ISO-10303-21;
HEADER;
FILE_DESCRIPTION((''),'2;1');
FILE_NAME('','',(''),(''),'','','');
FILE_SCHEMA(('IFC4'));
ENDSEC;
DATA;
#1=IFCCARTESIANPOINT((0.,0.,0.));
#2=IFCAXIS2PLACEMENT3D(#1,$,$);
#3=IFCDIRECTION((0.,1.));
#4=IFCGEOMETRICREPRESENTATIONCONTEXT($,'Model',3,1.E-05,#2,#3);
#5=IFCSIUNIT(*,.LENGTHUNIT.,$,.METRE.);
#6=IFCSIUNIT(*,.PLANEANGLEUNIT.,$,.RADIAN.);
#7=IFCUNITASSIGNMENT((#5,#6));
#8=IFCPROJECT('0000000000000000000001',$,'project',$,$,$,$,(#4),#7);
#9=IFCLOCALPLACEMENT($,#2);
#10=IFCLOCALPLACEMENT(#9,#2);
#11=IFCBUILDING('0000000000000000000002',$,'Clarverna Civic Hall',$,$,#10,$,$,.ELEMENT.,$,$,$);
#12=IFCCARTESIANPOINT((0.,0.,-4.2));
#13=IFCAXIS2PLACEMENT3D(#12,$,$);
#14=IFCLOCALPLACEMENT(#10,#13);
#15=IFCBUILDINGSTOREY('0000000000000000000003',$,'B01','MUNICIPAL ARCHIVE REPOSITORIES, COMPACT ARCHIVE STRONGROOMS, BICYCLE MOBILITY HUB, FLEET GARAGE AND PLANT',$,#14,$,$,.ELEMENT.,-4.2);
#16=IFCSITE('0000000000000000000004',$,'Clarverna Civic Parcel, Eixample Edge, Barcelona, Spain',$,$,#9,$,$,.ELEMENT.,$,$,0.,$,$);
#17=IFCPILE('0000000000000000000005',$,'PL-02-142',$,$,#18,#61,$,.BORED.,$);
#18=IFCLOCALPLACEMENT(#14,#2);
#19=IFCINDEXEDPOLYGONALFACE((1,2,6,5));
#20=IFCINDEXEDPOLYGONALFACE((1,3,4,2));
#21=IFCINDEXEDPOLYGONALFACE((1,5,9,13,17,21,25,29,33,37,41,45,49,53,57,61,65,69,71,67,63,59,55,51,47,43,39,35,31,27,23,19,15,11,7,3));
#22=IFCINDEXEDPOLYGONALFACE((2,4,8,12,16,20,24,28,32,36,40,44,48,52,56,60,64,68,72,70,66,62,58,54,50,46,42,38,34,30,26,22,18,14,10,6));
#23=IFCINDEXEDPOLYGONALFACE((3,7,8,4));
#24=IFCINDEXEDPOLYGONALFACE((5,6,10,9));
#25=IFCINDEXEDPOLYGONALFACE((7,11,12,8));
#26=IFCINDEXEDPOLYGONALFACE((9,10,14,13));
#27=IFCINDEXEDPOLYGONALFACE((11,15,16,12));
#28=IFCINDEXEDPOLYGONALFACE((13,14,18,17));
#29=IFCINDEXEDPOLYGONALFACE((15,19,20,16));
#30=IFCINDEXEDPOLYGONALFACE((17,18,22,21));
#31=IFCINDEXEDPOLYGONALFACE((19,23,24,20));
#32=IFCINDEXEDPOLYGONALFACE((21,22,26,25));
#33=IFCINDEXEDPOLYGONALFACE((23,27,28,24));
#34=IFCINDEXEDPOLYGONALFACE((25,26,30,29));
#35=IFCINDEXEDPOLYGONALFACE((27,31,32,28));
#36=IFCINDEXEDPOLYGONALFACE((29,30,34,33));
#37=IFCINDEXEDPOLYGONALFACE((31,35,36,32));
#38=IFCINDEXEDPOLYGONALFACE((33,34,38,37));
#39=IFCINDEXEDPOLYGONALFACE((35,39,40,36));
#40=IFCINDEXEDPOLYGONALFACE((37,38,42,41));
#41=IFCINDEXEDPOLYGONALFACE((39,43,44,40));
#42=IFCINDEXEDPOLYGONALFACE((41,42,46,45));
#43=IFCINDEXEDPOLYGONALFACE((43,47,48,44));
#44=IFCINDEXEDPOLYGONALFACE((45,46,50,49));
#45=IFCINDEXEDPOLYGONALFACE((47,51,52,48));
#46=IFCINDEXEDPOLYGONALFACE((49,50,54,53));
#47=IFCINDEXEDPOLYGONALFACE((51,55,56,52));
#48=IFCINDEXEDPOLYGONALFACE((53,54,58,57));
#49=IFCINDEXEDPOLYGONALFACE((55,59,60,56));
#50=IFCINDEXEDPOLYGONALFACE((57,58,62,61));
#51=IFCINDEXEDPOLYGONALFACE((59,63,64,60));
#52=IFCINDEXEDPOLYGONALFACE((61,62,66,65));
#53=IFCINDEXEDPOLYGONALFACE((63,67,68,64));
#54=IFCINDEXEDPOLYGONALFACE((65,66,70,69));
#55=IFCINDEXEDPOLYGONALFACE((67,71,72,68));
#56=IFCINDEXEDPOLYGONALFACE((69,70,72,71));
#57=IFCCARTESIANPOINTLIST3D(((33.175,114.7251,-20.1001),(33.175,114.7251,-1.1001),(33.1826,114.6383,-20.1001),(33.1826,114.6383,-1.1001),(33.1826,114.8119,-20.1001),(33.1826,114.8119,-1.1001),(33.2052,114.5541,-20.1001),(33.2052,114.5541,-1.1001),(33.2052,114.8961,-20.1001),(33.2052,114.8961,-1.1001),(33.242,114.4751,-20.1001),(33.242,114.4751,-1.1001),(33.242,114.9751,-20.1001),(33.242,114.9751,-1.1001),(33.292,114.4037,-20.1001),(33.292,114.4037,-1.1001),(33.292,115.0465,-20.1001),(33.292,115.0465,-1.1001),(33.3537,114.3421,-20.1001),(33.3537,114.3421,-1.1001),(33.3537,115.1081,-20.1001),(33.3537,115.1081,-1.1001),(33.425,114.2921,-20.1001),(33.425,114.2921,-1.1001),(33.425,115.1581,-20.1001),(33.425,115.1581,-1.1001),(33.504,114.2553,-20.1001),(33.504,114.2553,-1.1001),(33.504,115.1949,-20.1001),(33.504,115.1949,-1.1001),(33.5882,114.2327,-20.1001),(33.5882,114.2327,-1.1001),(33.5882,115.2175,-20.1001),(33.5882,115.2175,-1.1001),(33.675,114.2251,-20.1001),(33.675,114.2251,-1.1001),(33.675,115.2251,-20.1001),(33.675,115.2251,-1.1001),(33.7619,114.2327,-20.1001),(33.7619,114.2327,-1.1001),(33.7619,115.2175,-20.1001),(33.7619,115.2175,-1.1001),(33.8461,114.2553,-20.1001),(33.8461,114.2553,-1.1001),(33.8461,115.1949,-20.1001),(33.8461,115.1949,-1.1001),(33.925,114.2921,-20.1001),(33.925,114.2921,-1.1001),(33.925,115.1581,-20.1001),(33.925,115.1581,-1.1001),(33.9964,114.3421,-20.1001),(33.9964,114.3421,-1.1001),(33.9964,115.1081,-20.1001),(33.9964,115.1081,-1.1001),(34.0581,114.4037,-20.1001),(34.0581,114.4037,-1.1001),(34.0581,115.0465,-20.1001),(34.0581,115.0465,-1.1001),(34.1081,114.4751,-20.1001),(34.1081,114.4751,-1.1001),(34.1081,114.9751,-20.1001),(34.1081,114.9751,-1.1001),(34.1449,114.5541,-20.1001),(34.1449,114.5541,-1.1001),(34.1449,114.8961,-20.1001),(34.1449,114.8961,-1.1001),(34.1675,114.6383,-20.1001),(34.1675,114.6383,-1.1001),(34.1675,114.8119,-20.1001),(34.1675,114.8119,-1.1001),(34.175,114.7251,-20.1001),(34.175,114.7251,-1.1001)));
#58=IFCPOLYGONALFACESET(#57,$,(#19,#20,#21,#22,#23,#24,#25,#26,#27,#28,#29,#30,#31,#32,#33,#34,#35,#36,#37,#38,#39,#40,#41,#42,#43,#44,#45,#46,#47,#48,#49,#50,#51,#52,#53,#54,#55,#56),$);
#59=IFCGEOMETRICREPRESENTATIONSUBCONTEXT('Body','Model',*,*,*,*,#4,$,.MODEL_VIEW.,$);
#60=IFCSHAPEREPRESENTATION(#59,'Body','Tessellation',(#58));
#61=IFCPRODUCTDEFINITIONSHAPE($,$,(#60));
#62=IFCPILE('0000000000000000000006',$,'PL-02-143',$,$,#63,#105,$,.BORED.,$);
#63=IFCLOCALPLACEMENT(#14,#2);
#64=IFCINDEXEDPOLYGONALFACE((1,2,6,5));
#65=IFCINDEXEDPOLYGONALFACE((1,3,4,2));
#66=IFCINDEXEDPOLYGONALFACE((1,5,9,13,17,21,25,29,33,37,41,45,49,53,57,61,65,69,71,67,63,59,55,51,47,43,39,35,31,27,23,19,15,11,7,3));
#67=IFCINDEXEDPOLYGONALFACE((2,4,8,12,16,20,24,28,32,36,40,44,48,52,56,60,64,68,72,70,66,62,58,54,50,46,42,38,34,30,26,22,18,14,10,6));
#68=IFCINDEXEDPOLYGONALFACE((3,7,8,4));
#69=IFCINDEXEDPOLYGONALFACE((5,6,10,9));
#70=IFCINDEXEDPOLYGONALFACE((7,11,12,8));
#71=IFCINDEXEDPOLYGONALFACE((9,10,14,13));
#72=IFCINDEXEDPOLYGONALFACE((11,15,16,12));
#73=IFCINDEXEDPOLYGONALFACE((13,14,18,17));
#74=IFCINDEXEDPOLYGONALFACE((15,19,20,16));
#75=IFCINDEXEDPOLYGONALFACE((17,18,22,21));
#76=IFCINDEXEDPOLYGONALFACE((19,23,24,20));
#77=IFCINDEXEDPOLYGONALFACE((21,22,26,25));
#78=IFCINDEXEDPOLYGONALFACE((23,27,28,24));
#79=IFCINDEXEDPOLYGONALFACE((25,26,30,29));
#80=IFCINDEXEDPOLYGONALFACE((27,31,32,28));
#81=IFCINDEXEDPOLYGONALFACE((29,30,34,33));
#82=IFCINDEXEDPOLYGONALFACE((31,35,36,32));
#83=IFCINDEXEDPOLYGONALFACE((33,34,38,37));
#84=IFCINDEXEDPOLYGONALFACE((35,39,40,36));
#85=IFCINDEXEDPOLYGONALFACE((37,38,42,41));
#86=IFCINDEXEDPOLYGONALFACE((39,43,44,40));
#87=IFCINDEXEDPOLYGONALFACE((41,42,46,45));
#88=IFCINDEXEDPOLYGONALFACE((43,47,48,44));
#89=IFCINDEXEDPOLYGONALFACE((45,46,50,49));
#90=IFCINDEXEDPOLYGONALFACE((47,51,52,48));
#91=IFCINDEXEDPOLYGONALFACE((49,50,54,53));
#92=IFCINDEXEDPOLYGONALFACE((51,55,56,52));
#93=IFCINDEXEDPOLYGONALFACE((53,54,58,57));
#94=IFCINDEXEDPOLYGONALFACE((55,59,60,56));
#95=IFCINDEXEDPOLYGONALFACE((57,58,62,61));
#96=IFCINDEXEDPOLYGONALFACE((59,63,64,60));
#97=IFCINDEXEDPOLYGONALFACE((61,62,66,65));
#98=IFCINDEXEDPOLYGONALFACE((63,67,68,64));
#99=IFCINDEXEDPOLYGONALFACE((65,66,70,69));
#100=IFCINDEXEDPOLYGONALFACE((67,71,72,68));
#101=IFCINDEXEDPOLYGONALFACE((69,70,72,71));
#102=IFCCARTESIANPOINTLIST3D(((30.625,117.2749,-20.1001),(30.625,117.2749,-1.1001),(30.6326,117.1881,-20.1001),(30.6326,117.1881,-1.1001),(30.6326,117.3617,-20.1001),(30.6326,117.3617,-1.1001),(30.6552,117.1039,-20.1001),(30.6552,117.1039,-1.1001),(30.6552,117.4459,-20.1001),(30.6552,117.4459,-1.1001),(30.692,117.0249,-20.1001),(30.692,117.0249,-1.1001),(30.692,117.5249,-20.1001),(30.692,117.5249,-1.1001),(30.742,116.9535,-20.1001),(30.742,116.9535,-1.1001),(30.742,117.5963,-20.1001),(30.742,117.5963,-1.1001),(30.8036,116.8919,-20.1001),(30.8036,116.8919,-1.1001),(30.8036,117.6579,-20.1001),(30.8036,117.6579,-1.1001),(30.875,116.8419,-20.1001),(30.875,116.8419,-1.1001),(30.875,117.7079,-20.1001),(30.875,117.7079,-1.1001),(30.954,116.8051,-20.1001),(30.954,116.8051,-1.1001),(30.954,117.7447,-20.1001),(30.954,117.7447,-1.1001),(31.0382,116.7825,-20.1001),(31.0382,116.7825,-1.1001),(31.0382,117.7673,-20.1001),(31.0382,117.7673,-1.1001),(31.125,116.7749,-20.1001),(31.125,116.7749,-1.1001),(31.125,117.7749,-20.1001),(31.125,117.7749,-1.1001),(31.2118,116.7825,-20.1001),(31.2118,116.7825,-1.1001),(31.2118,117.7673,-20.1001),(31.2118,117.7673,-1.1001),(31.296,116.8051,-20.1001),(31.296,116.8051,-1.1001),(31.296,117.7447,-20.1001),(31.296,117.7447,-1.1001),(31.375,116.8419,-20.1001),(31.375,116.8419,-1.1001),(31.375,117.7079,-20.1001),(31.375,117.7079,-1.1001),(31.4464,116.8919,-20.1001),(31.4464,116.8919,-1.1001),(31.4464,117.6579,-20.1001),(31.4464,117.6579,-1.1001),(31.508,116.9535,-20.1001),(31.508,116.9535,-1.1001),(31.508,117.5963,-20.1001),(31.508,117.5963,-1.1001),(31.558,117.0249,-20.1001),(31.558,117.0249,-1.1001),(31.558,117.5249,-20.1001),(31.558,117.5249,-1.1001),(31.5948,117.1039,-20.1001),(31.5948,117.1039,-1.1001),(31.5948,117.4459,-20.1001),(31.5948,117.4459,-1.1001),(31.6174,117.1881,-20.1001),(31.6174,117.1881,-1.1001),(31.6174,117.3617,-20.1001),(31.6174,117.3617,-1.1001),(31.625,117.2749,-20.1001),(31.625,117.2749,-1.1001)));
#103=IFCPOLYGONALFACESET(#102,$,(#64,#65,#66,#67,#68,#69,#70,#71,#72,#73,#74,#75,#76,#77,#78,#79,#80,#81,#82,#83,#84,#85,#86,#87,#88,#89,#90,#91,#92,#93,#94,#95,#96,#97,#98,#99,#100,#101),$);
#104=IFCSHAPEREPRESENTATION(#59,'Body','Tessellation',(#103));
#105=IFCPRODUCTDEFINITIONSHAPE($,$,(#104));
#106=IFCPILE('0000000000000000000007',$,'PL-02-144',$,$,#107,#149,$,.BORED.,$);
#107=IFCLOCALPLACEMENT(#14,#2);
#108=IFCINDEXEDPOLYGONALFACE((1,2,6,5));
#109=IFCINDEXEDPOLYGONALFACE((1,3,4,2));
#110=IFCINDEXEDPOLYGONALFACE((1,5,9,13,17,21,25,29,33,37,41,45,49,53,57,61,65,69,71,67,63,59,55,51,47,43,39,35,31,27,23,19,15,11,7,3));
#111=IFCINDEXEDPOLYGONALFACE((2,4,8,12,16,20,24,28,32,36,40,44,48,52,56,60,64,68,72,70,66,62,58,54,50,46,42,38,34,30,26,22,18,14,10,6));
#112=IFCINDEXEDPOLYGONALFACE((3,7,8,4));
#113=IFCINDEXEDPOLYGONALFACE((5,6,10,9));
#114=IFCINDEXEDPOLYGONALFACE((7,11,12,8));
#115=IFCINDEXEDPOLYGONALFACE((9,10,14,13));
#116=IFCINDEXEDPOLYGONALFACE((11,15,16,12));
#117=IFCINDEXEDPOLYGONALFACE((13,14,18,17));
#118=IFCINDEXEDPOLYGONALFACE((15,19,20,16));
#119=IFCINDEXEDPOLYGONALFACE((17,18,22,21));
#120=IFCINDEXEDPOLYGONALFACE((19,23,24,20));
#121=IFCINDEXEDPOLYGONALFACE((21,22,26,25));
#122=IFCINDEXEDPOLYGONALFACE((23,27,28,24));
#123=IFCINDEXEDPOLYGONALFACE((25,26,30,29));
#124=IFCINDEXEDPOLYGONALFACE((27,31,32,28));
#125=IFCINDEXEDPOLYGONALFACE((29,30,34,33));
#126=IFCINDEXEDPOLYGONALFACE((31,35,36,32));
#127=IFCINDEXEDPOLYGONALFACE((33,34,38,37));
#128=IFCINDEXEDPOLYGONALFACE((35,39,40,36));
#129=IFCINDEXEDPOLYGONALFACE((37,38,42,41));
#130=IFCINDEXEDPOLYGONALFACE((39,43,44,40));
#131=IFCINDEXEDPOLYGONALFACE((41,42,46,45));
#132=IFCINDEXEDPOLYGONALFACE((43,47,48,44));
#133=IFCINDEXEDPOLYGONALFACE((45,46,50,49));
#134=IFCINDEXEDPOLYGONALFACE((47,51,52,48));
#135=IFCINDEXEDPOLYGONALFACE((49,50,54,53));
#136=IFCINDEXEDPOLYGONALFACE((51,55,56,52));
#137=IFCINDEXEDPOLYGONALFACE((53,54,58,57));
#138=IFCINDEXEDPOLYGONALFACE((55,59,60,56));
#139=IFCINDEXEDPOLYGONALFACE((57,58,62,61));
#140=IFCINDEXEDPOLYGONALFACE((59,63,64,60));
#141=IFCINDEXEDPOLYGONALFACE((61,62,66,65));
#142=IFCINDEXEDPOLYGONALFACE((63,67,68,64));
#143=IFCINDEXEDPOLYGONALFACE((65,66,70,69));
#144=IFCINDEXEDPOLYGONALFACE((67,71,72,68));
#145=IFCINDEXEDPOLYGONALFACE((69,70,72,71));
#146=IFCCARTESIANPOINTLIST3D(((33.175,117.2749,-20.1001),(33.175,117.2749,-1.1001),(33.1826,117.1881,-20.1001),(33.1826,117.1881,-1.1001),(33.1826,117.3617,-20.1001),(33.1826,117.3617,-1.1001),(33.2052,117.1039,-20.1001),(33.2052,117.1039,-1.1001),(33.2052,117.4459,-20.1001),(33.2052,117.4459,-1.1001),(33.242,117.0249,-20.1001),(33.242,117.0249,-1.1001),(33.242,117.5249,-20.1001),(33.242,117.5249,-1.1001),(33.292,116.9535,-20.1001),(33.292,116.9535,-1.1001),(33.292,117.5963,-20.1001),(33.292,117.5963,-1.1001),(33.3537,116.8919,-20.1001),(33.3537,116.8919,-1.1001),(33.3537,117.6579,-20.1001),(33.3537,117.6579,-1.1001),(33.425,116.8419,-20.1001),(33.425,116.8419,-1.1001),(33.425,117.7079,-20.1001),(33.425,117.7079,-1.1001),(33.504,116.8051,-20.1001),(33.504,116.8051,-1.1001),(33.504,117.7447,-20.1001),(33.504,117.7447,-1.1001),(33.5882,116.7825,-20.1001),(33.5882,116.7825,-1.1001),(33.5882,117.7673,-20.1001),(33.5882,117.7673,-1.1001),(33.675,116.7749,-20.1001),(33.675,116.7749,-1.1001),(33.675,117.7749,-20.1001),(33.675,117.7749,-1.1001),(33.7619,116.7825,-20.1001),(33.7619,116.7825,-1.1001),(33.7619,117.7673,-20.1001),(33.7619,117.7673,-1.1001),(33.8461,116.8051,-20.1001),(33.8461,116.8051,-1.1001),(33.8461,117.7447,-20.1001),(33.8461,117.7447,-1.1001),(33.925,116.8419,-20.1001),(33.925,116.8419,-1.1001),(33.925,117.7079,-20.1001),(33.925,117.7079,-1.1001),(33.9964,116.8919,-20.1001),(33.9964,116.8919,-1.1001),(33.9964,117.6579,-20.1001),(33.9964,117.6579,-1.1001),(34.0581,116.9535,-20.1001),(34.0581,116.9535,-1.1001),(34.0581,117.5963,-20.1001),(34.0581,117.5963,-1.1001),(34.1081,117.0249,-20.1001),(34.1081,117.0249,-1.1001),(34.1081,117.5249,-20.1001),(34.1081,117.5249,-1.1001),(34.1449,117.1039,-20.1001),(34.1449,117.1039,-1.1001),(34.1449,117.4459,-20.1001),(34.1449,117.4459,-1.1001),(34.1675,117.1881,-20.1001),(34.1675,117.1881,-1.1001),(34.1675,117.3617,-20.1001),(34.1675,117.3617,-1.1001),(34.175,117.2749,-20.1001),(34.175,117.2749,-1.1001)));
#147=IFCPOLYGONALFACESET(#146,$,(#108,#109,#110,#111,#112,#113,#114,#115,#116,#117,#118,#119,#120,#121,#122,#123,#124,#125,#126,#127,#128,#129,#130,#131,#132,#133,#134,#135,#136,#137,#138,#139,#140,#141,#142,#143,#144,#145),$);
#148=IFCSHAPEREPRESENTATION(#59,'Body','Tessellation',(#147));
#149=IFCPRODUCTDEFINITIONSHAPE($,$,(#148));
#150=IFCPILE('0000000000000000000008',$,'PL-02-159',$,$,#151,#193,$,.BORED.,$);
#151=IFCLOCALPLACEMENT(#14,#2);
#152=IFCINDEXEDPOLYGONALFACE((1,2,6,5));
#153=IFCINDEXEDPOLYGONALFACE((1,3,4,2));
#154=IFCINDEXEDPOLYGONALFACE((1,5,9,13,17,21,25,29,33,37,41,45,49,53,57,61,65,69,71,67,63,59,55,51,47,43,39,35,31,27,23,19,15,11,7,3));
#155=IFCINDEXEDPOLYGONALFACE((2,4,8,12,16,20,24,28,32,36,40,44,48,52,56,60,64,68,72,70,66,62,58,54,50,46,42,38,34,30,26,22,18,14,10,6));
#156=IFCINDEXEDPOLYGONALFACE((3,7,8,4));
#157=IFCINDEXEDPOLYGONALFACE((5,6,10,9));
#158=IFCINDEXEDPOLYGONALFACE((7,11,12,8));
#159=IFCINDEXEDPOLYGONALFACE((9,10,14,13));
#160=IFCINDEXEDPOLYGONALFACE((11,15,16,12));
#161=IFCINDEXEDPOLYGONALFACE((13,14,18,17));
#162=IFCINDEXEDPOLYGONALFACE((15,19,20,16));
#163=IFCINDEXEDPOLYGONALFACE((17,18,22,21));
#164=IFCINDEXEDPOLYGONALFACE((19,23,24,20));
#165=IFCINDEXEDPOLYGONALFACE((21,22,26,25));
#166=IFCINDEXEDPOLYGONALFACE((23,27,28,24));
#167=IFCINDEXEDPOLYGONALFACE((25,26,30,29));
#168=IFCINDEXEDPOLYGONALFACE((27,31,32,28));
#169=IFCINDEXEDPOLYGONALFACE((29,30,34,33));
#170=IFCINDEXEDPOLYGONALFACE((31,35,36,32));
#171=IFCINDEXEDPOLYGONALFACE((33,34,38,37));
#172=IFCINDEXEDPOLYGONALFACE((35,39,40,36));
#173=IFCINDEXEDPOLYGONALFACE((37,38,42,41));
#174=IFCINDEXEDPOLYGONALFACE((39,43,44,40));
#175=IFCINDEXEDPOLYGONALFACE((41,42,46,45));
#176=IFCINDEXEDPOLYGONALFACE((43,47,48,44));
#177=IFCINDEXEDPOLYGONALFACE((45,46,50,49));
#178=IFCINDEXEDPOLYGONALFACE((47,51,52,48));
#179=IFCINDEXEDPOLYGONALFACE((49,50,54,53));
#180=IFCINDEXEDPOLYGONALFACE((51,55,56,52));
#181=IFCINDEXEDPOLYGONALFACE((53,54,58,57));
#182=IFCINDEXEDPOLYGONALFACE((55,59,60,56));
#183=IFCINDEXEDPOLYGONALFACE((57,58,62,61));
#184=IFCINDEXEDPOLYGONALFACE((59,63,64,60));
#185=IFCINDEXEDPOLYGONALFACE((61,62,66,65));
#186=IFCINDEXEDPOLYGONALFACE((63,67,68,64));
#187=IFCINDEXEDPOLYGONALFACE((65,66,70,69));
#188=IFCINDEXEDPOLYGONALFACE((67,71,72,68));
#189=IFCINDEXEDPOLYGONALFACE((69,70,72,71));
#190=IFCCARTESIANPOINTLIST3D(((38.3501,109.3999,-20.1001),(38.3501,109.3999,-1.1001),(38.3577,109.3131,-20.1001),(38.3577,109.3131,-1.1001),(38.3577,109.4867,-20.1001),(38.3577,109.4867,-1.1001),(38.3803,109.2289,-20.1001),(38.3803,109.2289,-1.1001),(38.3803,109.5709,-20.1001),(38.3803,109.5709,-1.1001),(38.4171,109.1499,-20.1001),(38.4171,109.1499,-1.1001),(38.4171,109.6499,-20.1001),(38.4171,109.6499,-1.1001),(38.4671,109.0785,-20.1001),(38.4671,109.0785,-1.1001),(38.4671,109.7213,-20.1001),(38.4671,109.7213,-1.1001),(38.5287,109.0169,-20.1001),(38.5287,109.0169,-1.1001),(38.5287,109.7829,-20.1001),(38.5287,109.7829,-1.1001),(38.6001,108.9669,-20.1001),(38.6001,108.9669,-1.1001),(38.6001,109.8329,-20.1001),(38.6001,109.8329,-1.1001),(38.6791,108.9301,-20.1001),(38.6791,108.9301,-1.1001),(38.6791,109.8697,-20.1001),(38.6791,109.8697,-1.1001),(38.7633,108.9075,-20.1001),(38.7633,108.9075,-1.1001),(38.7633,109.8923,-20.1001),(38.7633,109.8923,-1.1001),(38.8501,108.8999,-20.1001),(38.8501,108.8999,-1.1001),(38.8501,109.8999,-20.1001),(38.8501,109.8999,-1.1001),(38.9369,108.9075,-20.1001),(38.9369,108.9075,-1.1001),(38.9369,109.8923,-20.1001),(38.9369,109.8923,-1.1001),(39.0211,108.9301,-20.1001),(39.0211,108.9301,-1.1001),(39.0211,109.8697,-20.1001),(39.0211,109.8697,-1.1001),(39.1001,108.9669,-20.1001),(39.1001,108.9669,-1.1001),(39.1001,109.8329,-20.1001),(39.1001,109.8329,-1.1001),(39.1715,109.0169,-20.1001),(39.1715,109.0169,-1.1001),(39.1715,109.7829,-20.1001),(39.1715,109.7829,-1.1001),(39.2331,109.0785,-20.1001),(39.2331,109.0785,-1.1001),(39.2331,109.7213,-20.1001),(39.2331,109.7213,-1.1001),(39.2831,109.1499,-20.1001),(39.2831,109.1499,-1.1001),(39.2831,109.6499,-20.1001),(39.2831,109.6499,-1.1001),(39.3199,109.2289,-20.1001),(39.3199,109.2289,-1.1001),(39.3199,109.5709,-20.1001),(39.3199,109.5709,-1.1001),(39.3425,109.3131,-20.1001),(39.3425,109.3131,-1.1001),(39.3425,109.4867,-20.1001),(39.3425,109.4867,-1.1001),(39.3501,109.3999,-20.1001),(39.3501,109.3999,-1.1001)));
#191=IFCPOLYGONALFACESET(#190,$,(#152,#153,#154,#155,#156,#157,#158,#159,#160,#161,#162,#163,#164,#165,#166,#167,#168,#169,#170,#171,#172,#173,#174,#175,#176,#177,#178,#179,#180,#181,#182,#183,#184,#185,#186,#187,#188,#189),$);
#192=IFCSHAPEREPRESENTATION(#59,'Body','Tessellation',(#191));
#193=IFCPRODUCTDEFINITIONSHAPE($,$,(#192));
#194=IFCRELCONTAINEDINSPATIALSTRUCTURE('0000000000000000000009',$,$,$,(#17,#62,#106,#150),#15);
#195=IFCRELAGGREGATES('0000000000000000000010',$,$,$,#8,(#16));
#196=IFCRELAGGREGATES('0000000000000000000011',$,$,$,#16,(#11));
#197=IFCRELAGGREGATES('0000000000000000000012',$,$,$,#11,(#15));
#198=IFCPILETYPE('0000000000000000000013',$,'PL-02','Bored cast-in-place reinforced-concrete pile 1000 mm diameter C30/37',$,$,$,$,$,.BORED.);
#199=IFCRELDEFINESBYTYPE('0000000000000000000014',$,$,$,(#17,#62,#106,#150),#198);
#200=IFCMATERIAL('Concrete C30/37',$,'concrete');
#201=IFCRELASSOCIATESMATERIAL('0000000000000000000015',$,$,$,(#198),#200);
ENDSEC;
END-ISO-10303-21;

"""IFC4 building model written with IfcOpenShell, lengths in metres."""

from ifc_helpers import new_model, si_unit, direction, frame, origin, origin_2d, place, context, subcontext, project, spatial, circle, extrude, material, material_profile, profile_set, type_object, element, save


model = new_model("IFC4")

# Units and contexts
model_context = context("Model", 3, precision=1e-05, world=origin(), true_north=direction((0.0, 1.0)))
body_context = subcontext(model_context, "Body", "Model", "MODEL_VIEW")
ifc_project = project(units=[si_unit("LENGTHUNIT", "METRE"), si_unit("PLANEANGLEUNIT", "RADIAN")], contexts=[model_context])

# Site, building, storey
site_placement = place(None, origin())
site = spatial("IfcSite", under=ifc_project, at=site_placement, Name="Clarverna Civic Parcel, Eixample Edge, Barcelona, Spain", CompositionType="ELEMENT", RefElevation=0.0)
building_placement = place(site_placement, origin())
building = spatial("IfcBuilding", under=site, at=building_placement, Name="Clarverna Civic Hall", CompositionType="ELEMENT")
storey_placement = place(building_placement, frame((0.0, 0.0, -4.2)))
storey = spatial("IfcBuildingStorey", under=building, at=storey_placement, Name="B01", Description="MUNICIPAL ARCHIVE REPOSITORIES, COMPACT ARCHIVE STRONGROOMS, BICYCLE MOBILITY HUB, FLEET GARAGE AND PLANT", CompositionType="ELEMENT", Elevation=-4.2)

# Shared definitions
ifc_material_1 = material(Name="Concrete C30/37", Category="concrete")

# Piles
ifc_material_profile_1 = material_profile(ifc_material_1, circle(Radius=0.5, at=origin_2d()), Name="BORED PILE D1000")
ifc_profile_set_1 = profile_set([ifc_material_profile_1], Name="Concrete C30/37")
pile_type = type_object("IfcPileType", Name="PL-02", Description="Bored cast-in-place reinforced-concrete pile 1000 mm diameter C30/37", PredefinedType="BORED", material=ifc_profile_set_1)
for number, where, z_axis, x_axis, name in (
    (1, (33.675, 114.7251, -1.1001), (0.0, 0.0, -1.0), (1.0, 0.0, 0.0), "PL-02-142"),
    (2, (31.125, 117.2749, -1.1001), (0.0, 0.0, -1.0), (1.0, 0.0, 0.0), "PL-02-143"),
    (3, (33.675, 117.2749, -1.1001), (0.0, 0.0, -1.0), (1.0, 0.0, 0.0), "PL-02-144"),
    (4, (38.8501, 109.3999, -1.1001), (0.0, 0.0, -1.0), (1.0, 0.0, 0.0), "PL-02-159"),
):
    element("IfcPile", number, at=place(storey_placement, frame(where, z_axis=z_axis, x_axis=x_axis)), inside=storey, type_object=pile_type, Name=name, PredefinedType="BORED", context=body_context, shape_type="SweptSolid", body=[
        extrude(circle(Radius=0.5, at=origin_2d()), origin(), (0.0, 0.0, 1.0), 19.0),
    ])

save(model, "model.ifc")
